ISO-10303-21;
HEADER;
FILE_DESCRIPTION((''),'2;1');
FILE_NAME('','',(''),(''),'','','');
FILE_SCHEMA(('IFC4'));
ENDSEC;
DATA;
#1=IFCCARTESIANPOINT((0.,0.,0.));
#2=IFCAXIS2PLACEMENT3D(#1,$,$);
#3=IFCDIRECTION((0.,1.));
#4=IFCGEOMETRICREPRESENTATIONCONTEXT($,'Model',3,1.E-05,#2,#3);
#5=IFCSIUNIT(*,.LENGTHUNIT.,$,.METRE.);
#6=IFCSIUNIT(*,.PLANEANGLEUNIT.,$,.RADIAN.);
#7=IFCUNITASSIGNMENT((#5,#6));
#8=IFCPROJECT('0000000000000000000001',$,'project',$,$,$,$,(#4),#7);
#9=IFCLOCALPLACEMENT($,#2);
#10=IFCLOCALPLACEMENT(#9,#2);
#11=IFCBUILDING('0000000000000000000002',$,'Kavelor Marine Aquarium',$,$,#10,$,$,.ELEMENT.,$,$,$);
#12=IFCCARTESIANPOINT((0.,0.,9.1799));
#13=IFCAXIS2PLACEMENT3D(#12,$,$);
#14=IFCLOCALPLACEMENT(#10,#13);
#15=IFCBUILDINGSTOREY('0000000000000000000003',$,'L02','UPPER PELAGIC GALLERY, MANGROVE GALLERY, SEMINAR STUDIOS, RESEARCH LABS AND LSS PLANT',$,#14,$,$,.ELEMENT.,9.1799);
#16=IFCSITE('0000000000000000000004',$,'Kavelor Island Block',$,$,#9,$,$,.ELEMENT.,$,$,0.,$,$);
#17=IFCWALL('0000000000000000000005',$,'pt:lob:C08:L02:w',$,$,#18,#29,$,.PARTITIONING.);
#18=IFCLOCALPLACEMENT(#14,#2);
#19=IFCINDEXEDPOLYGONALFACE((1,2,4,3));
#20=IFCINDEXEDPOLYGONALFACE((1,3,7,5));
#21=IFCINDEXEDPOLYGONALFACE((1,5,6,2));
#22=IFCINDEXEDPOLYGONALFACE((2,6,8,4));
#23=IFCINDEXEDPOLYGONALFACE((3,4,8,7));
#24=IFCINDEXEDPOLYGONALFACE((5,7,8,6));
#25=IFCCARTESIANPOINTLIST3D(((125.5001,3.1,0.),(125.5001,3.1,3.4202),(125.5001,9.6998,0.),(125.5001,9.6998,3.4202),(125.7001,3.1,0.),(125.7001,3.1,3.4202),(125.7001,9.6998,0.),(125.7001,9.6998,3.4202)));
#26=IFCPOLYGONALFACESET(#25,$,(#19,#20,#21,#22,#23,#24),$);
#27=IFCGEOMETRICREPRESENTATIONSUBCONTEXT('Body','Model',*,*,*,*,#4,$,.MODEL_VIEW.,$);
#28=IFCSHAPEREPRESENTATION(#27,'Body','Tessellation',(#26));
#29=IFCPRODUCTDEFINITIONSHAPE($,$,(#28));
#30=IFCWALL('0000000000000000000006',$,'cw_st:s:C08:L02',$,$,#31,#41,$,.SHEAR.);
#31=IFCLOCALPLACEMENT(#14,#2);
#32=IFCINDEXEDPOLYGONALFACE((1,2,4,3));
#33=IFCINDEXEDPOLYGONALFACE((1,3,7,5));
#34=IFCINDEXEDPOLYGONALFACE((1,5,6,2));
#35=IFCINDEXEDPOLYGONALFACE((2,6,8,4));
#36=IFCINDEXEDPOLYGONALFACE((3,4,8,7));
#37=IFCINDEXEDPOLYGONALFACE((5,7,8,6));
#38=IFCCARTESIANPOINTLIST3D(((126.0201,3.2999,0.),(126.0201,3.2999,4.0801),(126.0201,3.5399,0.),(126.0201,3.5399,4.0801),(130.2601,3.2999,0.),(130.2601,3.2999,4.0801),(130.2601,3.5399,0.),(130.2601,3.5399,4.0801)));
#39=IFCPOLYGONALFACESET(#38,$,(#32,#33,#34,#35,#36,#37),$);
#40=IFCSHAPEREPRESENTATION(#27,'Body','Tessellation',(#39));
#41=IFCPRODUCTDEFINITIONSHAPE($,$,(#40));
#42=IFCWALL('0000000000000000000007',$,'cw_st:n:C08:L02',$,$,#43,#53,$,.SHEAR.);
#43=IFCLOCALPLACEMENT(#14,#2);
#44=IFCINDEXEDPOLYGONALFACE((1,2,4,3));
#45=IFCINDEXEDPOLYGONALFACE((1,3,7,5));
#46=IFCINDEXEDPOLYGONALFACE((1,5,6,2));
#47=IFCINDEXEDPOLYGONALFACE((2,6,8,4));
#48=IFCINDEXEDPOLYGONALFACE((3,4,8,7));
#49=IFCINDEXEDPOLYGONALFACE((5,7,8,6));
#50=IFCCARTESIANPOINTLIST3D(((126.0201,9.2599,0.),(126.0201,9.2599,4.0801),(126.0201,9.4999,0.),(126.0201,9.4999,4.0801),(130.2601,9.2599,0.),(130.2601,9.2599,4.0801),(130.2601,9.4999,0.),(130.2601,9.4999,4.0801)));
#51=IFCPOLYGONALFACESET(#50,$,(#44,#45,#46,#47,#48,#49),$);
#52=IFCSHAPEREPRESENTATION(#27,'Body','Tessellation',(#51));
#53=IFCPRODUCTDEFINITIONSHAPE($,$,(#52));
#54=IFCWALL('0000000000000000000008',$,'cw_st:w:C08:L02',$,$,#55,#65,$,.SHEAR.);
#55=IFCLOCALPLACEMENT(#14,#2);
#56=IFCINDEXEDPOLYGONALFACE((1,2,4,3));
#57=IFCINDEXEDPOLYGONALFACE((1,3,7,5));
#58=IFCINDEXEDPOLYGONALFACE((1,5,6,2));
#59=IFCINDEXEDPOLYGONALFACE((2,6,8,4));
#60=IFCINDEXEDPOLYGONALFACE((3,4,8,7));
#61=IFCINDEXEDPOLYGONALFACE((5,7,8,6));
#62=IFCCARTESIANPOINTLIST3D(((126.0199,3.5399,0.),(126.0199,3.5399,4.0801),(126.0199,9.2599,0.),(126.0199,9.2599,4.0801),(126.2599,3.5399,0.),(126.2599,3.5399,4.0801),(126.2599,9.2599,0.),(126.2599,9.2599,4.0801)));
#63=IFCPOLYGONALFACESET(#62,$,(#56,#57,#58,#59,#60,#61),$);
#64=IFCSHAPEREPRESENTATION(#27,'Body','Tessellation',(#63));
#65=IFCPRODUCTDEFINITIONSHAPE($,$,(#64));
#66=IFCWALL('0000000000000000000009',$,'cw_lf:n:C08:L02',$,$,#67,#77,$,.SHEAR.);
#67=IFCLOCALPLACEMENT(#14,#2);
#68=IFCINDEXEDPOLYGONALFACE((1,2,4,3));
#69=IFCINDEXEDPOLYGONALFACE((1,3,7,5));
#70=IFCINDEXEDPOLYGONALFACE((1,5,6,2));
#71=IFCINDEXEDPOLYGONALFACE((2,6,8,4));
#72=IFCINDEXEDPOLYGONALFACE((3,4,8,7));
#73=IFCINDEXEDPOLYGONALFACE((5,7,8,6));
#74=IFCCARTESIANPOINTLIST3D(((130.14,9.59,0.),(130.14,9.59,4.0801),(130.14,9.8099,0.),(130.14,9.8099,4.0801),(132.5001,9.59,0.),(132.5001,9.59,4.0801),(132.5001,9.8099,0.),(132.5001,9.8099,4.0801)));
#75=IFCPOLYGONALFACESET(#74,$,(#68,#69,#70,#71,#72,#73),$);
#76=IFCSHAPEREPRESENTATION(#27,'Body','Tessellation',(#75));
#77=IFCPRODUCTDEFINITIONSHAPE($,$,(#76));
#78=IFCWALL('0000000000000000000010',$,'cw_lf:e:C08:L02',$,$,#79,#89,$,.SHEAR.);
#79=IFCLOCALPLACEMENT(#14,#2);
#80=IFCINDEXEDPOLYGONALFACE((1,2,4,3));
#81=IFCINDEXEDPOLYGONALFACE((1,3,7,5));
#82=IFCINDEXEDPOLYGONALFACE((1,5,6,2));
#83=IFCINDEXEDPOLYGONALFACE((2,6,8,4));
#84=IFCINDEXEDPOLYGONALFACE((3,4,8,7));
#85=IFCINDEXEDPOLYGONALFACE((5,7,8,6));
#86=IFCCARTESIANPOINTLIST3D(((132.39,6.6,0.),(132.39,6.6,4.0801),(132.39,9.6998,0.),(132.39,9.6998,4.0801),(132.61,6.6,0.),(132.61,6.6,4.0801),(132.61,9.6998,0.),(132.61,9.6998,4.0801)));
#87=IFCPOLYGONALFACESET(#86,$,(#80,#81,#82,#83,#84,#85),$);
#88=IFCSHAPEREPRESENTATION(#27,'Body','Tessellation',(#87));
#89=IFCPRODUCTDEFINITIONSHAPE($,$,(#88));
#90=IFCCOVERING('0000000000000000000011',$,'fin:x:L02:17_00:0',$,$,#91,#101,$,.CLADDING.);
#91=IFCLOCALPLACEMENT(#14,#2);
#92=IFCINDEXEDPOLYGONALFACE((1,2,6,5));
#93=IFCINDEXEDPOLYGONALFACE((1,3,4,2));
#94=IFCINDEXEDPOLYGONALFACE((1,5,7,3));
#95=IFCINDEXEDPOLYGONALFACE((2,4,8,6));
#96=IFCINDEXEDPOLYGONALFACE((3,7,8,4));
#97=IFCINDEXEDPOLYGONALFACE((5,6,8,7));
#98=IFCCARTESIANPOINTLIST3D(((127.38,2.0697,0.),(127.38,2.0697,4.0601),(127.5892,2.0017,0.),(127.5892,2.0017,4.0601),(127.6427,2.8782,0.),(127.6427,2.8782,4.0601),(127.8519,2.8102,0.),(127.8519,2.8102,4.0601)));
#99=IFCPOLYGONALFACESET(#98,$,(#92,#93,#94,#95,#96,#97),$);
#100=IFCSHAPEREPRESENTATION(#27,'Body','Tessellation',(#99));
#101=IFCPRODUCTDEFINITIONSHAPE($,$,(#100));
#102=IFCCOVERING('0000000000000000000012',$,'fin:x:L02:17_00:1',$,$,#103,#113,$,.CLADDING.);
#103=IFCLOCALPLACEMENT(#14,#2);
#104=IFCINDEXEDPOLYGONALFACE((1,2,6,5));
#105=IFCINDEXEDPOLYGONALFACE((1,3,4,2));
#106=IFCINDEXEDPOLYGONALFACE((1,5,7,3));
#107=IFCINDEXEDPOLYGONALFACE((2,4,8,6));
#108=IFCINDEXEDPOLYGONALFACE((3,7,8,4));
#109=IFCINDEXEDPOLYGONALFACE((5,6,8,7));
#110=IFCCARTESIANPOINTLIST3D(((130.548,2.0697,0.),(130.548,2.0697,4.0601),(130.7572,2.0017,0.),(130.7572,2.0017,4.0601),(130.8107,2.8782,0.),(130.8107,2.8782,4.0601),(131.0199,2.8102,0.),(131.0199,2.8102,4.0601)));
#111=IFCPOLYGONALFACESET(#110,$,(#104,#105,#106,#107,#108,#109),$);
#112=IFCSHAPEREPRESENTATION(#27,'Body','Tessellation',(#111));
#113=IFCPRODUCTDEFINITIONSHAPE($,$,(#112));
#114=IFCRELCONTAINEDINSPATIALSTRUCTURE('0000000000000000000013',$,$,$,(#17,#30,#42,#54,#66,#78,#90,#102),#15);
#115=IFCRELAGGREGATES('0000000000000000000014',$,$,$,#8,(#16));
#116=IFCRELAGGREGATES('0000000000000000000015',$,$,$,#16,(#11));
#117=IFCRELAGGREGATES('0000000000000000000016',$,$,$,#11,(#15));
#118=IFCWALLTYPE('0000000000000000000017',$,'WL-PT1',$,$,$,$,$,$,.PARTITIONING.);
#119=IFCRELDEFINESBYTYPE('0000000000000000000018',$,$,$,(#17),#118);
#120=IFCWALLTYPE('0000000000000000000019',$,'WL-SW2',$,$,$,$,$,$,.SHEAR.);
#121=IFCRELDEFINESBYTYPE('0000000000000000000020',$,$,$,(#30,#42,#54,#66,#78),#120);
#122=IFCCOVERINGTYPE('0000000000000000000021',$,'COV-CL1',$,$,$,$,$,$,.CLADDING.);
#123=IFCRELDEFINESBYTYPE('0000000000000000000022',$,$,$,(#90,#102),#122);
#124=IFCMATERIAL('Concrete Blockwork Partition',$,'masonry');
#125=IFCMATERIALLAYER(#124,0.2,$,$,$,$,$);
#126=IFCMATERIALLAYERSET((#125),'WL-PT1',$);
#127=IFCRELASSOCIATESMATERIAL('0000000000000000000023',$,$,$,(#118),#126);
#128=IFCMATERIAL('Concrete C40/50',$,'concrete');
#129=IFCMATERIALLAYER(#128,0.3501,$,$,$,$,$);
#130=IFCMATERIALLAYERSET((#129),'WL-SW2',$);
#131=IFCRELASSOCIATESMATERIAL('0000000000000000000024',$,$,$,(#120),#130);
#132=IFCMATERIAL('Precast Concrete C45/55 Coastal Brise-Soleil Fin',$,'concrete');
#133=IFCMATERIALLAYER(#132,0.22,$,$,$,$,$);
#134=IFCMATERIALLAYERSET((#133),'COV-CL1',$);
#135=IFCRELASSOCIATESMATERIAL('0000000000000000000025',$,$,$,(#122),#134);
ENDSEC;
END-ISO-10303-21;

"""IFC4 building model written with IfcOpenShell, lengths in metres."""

from ifc_helpers import new_model, si_unit, direction, frame, frame_2d, origin, origin_2d, place, context, subcontext, project, spatial, rectangle, extrude, material, layer, layer_set, type_object, element, save


model = new_model("IFC4")

# Units and contexts
model_context = context("Model", 3, precision=1e-05, world=origin(), true_north=direction((0.0, 1.0)))
body_context = subcontext(model_context, "Body", "Model", "MODEL_VIEW")
ifc_project = project(units=[si_unit("LENGTHUNIT", "METRE"), si_unit("PLANEANGLEUNIT", "RADIAN")], contexts=[model_context])

# Site, building, storey
site_placement = place(None, origin())
site = spatial("IfcSite", under=ifc_project, at=site_placement, Name="Kavelor Island Block", CompositionType="ELEMENT", RefElevation=0.0)
building_placement = place(site_placement, origin())
building = spatial("IfcBuilding", under=site, at=building_placement, Name="Kavelor Marine Aquarium", CompositionType="ELEMENT")
storey_placement = place(building_placement, frame((0.0, 0.0, 9.1799)))
storey = spatial("IfcBuildingStorey", under=building, at=storey_placement, Name="L02", Description="UPPER PELAGIC GALLERY, MANGROVE GALLERY, SEMINAR STUDIOS, RESEARCH LABS AND LSS PLANT", CompositionType="ELEMENT", Elevation=9.1799)

# Walls
ifc_material_1 = material(Name="Concrete Blockwork Partition", Category="masonry")
ifc_layer_1 = layer(ifc_material_1, 0.2)
ifc_layer_set_1 = layer_set([ifc_layer_1], Name="WL-PT1")
wall_type_1 = type_object("IfcWallType", Name="WL-PT1", PredefinedType="PARTITIONING", material=ifc_layer_set_1)
wall_1_placement = place(storey_placement, frame((125.6001, 3.1001, 0.0), z_axis=(0.0, 0.0, 1.0), x_axis=(0.0, 1.0, 0.0)))
element("IfcWall", 1, at=wall_1_placement, inside=storey, type_object=wall_type_1, Name="pt:lob:C08:L02:w", PredefinedType="PARTITIONING", context=body_context, shape_type="SweptSolid", body=[
    extrude(rectangle(XDim=6.5999, YDim=0.2, at=frame_2d((3.2998, 0.0))), origin(), (0.0, 0.0, 1.0), 3.4202),
])
ifc_material_2 = material(Name="Concrete C40/50", Category="concrete")
ifc_layer_2 = layer(ifc_material_2, 0.3501)
ifc_layer_set_2 = layer_set([ifc_layer_2], Name="WL-SW2")
wall_type_2 = type_object("IfcWallType", Name="WL-SW2", PredefinedType="SHEAR", material=ifc_layer_set_2)
for number, where, z_axis, x_axis, name in (
    (2, (126.02, 3.4199, 0.0), (0.0, 0.0, 1.0), (1.0, 0.0, 0.0), "cw_st:s:C08:L02"),
    (3, (126.02, 9.3799, 0.0), (0.0, 0.0, 1.0), (1.0, 0.0, 0.0), "cw_st:n:C08:L02"),
):
    element("IfcWall", number, at=place(storey_placement, frame(where, z_axis=z_axis, x_axis=x_axis)), inside=storey, type_object=wall_type_2, Name=name, PredefinedType="SHEAR", context=body_context, shape_type="SweptSolid", body=[
        extrude(rectangle(XDim=4.24, YDim=0.24, at=frame_2d((2.1201, 0.0))), origin(), (0.0, 0.0, 1.0), 4.0801),
    ])
wall_2_placement = place(storey_placement, frame((126.1399, 3.54, 0.0), z_axis=(0.0, 0.0, 1.0), x_axis=(0.0, 1.0, 0.0)))
element("IfcWall", 4, at=wall_2_placement, inside=storey, type_object=wall_type_2, Name="cw_st:w:C08:L02", PredefinedType="SHEAR", context=body_context, shape_type="SweptSolid", body=[
    extrude(rectangle(XDim=5.72, YDim=0.24, at=frame_2d((2.8599, 0.0))), origin(), (0.0, 0.0, 1.0), 4.0801),
])

# Walls
wall_3_placement = place(storey_placement, frame((130.1399, 9.7, 0.0), z_axis=(0.0, 0.0, 1.0), x_axis=(1.0, 0.0, 0.0)))
element("IfcWall", 5, at=wall_3_placement, inside=storey, type_object=wall_type_2, Name="cw_lf:n:C08:L02", PredefinedType="SHEAR", context=body_context, shape_type="SweptSolid", body=[
    extrude(rectangle(XDim=2.3601, YDim=0.22, at=frame_2d((1.1802, 0.0))), origin(), (0.0, 0.0, 1.0), 4.0801),
])
wall_4_placement = place(storey_placement, frame((132.5, 6.6001, 0.0), z_axis=(0.0, 0.0, 1.0), x_axis=(0.0, 1.0, 0.0)))
element("IfcWall", 6, at=wall_4_placement, inside=storey, type_object=wall_type_2, Name="cw_lf:e:C08:L02", PredefinedType="SHEAR", context=body_context, shape_type="SweptSolid", body=[
    extrude(rectangle(XDim=3.0999, YDim=0.22, at=frame_2d((1.5498, 0.0))), origin(), (0.0, 0.0, 1.0), 4.0801),
])

# Coverings
ifc_material_3 = material(Name="Precast Concrete C45/55 Coastal Brise-Soleil Fin", Category="concrete")
ifc_layer_3 = layer(ifc_material_3, 0.22)
ifc_layer_set_3 = layer_set([ifc_layer_3], Name="COV-CL1")
covering_type = type_object("IfcCoveringType", Name="COV-CL1", PredefinedType="CLADDING", material=ifc_layer_set_3)
for number, where, z_axis, x_axis, name in (
    (7, (127.616, 2.4399, 0.0), (0.0, 0.0, 1.0), (0.951057, -0.309017, 0.0), "fin:x:L02:17_00:0"),
    (8, (130.7839, 2.4399, 0.0), (0.0, 0.0, 1.0), (0.951057, -0.309017, 0.0), "fin:x:L02:17_00:1"),
):
    element("IfcCovering", number, at=place(storey_placement, frame(where, z_axis=z_axis, x_axis=x_axis)), inside=storey, type_object=covering_type, Name=name, PredefinedType="CLADDING", context=body_context, shape_type="SweptSolid", body=[
        extrude(rectangle(XDim=0.22, YDim=0.8501, at=origin_2d()), origin(), (0.0, 0.0, 1.0), 4.0601),
    ])

save(model, "model.ifc")
